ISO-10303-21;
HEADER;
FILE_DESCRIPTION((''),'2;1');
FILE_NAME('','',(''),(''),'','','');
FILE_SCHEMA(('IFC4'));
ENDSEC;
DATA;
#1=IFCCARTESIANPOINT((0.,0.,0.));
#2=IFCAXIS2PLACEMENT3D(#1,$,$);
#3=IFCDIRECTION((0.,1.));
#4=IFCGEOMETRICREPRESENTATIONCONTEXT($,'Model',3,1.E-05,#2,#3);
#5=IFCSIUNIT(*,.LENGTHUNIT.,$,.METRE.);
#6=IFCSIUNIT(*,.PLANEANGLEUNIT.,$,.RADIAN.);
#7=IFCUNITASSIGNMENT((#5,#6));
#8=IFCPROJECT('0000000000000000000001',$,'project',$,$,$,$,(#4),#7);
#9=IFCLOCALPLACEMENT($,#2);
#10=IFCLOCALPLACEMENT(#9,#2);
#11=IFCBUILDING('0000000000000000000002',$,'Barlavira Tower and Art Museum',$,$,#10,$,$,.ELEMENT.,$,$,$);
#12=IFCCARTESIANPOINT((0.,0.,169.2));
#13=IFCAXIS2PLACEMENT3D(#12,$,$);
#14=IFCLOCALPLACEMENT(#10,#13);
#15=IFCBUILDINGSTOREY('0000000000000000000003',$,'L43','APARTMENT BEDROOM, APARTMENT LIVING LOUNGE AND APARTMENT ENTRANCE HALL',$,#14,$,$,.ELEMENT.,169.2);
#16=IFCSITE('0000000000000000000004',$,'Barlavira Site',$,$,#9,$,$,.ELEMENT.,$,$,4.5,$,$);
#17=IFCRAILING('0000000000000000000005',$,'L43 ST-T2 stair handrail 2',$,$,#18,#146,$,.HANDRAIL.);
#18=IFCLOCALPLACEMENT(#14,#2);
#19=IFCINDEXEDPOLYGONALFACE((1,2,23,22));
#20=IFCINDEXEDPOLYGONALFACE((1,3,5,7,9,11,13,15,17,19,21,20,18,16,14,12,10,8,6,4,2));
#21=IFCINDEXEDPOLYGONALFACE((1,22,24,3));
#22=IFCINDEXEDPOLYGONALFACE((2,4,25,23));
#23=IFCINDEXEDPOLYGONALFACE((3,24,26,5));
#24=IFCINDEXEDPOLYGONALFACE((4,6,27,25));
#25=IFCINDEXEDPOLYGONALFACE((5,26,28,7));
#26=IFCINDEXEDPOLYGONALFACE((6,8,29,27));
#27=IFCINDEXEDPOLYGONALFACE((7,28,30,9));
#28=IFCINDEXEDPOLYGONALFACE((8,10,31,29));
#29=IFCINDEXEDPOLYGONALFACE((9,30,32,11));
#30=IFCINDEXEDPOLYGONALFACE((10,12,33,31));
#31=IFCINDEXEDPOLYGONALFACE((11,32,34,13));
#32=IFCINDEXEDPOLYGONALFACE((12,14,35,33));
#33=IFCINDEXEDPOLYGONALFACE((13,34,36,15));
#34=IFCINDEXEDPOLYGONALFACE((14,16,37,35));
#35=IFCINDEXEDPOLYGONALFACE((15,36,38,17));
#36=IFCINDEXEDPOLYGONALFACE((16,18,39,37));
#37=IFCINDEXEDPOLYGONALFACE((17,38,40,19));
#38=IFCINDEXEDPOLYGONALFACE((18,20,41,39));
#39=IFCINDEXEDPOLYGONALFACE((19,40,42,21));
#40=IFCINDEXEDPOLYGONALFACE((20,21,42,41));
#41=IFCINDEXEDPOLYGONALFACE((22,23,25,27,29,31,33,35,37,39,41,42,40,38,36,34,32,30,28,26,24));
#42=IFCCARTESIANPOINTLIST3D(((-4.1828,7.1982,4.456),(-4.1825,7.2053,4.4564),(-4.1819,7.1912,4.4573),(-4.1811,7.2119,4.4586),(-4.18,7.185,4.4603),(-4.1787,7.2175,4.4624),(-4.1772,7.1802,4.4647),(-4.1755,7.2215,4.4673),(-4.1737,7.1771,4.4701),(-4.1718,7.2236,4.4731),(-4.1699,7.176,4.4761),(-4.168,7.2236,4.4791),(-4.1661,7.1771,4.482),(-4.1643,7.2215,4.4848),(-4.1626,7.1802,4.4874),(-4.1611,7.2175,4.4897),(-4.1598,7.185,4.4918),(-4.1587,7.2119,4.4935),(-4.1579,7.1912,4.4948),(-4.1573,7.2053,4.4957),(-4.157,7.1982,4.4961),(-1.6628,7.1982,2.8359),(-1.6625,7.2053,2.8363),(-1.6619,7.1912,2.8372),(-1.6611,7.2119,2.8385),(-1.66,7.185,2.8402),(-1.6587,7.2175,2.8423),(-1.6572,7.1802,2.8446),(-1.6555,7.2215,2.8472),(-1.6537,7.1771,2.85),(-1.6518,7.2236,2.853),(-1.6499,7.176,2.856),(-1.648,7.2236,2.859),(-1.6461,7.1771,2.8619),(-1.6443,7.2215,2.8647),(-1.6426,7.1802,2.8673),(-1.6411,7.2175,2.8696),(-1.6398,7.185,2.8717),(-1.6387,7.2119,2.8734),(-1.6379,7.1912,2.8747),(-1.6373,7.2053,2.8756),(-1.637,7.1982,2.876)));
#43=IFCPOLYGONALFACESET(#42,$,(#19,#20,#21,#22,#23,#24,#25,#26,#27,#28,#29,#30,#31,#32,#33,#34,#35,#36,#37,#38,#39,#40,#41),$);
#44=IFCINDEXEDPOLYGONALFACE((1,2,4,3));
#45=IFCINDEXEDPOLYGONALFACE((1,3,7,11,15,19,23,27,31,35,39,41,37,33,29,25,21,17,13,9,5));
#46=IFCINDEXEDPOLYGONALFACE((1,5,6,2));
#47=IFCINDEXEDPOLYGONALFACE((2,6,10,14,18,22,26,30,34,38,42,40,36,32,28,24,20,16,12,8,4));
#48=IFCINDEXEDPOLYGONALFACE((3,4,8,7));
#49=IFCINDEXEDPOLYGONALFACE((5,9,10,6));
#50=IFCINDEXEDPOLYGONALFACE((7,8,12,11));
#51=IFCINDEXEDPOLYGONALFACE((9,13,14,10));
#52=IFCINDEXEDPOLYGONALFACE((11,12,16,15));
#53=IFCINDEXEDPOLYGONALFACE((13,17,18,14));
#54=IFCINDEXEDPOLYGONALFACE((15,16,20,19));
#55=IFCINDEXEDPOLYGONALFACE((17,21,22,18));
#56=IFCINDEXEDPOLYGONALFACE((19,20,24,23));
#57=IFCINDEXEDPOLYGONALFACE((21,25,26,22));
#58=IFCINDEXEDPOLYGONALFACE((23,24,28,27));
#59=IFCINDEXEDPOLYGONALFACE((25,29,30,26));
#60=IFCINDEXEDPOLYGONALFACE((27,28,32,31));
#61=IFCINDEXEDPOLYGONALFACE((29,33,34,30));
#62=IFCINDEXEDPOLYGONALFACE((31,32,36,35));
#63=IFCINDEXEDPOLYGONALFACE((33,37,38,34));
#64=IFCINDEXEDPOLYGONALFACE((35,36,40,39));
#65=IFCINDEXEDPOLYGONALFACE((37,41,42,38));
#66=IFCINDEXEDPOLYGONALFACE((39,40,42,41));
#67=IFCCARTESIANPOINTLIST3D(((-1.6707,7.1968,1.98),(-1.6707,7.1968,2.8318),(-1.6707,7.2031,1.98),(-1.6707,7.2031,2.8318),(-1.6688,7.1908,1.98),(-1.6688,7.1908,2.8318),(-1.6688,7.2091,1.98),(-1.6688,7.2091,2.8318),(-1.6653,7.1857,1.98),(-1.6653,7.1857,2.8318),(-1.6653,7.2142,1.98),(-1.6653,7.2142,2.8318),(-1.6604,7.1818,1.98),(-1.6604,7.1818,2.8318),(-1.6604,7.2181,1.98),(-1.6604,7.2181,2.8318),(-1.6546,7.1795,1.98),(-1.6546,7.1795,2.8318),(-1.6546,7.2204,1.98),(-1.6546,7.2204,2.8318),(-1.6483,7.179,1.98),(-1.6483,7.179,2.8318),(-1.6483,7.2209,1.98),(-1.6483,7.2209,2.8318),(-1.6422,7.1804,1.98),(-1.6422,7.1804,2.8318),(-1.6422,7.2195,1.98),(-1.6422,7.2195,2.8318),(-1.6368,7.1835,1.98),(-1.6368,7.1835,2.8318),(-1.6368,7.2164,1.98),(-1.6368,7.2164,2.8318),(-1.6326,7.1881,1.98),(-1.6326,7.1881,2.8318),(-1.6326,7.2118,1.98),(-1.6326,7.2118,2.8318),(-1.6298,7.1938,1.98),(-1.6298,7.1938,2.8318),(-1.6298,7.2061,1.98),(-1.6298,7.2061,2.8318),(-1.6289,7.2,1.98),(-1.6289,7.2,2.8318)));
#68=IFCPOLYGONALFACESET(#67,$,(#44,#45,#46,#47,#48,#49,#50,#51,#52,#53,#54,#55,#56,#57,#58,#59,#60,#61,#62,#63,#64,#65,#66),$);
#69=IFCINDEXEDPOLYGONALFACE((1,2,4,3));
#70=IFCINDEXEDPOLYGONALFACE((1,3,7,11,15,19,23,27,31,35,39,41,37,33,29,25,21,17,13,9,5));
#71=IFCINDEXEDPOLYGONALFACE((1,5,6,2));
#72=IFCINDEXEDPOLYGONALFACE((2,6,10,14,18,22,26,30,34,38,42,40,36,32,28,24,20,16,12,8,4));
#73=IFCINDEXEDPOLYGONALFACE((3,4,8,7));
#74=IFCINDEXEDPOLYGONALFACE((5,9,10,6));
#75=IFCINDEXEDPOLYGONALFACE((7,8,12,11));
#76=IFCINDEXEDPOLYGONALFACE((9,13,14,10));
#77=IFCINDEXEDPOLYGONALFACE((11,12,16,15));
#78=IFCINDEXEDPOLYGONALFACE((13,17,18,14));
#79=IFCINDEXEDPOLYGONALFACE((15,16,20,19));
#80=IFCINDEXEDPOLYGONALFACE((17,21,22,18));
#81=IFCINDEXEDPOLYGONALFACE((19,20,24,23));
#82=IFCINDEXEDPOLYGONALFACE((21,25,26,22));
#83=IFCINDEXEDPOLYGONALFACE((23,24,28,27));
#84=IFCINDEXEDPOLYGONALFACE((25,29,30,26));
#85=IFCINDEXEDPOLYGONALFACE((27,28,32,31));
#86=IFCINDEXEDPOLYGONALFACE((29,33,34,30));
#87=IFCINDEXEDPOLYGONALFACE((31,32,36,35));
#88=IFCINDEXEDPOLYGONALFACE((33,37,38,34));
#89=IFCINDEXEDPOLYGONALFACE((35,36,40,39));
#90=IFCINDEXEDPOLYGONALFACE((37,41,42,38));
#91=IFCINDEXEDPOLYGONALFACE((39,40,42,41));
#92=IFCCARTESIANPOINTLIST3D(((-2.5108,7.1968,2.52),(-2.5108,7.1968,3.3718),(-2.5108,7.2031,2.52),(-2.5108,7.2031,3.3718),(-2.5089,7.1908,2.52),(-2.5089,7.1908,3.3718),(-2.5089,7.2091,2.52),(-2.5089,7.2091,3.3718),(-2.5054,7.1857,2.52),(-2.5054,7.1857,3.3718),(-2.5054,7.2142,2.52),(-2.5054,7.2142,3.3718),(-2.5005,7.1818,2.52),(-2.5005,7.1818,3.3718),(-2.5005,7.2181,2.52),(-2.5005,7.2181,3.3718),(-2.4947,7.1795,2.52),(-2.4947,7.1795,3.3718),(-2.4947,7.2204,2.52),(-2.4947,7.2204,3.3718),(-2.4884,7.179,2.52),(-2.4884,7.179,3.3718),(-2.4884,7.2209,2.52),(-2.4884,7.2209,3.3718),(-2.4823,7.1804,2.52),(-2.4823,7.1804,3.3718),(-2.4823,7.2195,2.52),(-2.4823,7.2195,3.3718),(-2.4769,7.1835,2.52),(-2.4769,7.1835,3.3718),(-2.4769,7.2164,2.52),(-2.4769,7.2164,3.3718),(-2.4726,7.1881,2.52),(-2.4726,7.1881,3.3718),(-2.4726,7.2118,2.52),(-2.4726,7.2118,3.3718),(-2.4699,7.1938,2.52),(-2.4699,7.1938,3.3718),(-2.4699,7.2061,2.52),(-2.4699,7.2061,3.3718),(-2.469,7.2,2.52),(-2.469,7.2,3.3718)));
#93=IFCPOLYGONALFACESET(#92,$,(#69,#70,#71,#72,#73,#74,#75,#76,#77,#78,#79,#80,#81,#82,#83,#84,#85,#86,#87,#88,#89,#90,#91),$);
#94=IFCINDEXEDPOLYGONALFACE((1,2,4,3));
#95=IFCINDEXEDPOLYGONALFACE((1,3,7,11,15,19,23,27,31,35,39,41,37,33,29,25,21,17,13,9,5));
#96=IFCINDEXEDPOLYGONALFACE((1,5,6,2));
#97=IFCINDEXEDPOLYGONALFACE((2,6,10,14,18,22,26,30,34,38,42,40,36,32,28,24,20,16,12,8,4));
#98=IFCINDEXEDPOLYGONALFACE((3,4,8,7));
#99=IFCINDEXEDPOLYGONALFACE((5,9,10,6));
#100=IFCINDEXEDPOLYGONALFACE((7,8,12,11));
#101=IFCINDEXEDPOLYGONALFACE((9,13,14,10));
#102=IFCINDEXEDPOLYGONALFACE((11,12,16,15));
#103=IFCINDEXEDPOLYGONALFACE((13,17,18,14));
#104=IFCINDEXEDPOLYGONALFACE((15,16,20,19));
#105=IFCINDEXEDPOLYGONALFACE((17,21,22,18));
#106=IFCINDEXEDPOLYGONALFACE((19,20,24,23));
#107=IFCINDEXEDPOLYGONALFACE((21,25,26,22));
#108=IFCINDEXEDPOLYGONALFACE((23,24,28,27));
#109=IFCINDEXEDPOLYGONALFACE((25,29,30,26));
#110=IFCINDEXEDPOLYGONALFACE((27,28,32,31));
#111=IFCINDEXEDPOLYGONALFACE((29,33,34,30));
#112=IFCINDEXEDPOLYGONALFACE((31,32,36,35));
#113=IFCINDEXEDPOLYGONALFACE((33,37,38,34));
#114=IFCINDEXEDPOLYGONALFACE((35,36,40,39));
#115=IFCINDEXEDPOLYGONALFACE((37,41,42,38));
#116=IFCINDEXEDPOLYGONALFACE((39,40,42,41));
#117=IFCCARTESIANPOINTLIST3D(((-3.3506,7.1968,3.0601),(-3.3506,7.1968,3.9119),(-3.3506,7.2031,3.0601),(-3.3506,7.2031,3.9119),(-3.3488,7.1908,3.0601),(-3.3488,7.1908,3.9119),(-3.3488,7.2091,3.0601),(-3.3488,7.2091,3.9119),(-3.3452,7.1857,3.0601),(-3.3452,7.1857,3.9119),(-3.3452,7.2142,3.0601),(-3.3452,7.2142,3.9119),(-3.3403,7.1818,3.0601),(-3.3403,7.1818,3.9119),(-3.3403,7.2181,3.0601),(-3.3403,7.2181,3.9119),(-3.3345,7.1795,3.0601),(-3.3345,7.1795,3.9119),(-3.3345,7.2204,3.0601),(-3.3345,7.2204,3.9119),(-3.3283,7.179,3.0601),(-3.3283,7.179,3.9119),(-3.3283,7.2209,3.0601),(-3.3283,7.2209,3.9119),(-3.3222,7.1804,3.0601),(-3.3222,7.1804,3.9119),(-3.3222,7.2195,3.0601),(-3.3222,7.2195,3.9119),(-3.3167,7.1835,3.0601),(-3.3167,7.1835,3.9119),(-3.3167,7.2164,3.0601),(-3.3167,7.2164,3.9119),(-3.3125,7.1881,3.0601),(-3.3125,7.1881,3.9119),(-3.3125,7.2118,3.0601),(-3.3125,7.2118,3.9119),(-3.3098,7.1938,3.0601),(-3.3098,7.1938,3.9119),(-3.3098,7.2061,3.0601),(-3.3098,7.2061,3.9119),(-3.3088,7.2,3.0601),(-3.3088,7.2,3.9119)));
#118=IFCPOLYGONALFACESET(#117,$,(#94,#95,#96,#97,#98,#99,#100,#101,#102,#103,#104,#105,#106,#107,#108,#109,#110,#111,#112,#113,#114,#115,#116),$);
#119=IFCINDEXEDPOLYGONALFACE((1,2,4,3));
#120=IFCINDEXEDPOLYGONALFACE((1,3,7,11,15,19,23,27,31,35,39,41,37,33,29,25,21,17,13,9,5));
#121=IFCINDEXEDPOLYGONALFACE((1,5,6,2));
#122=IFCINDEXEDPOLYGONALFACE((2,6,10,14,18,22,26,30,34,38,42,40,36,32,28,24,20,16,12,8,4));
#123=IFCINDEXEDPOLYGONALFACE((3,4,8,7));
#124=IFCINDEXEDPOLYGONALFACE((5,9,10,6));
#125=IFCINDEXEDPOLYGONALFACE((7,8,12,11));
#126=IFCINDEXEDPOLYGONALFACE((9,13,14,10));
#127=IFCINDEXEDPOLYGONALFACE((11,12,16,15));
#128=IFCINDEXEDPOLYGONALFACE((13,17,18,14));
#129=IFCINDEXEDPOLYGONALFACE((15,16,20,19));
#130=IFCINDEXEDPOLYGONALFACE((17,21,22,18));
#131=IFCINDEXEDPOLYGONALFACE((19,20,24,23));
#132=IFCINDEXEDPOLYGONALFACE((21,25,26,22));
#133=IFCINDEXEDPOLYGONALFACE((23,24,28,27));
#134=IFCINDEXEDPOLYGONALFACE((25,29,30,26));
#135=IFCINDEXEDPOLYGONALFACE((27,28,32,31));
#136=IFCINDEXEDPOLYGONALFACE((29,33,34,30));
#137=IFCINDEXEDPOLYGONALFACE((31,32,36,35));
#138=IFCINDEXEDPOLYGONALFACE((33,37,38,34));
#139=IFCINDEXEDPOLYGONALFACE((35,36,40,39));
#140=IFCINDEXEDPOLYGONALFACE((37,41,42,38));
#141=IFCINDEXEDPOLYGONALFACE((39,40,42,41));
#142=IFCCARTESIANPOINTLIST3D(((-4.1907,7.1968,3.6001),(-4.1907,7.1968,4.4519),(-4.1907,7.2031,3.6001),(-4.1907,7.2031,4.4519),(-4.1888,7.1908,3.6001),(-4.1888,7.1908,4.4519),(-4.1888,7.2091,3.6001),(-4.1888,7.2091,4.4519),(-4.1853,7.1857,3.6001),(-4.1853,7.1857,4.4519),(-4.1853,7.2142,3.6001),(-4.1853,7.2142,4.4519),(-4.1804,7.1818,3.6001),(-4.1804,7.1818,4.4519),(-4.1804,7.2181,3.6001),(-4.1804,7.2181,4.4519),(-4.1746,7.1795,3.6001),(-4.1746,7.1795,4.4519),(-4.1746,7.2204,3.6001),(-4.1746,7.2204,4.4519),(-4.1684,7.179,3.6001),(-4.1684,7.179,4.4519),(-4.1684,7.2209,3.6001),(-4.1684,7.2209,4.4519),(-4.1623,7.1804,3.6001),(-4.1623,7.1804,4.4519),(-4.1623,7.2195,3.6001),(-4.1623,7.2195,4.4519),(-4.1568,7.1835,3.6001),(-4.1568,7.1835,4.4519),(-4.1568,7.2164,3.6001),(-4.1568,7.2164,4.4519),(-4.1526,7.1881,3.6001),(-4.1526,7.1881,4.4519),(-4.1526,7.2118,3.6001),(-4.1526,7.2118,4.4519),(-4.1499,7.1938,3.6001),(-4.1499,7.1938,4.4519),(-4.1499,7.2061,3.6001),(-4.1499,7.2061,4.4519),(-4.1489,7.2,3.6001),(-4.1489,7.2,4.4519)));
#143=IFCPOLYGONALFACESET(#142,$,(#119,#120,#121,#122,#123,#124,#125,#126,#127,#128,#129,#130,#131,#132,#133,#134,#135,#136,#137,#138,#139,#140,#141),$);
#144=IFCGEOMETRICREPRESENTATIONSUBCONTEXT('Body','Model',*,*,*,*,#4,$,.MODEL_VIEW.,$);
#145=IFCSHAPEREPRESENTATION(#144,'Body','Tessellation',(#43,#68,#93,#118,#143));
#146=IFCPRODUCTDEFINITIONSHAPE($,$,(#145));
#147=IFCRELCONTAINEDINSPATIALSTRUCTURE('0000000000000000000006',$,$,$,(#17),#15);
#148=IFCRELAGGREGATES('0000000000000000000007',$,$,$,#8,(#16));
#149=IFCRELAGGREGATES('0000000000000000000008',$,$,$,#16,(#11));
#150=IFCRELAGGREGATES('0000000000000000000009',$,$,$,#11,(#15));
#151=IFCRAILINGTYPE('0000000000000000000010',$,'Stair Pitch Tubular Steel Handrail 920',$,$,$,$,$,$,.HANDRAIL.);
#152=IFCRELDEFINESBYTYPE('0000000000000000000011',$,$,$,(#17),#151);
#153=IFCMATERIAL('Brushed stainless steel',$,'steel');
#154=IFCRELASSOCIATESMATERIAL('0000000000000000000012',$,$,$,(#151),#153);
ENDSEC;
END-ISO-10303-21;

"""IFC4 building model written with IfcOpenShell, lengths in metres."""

from ifc_helpers import new_model, si_unit, direction, frame, origin, origin_2d, place, context, subcontext, project, spatial, circle, extrude, material, type_object, element, save


model = new_model("IFC4")

# Units and contexts
model_context = context("Model", 3, precision=1e-05, world=origin(), true_north=direction((0.0, 1.0)))
body_context = subcontext(model_context, "Body", "Model", "MODEL_VIEW")
ifc_project = project(units=[si_unit("LENGTHUNIT", "METRE"), si_unit("PLANEANGLEUNIT", "RADIAN")], contexts=[model_context])

# Site, building, storey
site_placement = place(None, origin())
site = spatial("IfcSite", under=ifc_project, at=site_placement, Name="Barlavira Site", CompositionType="ELEMENT", RefElevation=4.5)
building_placement = place(site_placement, origin())
building = spatial("IfcBuilding", under=site, at=building_placement, Name="Barlavira Tower and Art Museum", CompositionType="ELEMENT")
storey_placement = place(building_placement, frame((0.0, 0.0, 169.2)))
storey = spatial("IfcBuildingStorey", under=building, at=storey_placement, Name="L43", Description="APARTMENT BEDROOM, APARTMENT LIVING LOUNGE AND APARTMENT ENTRANCE HALL", CompositionType="ELEMENT", Elevation=169.2)

# Shared definitions
ifc_material_1 = material(Name="Brushed stainless steel", Category="steel")

# Railing
railing_type_1 = type_object("IfcRailingType", Name="Stair Pitch Tubular Steel Handrail 920", PredefinedType="HANDRAIL", material=ifc_material_1)
railing_1_placement = place(storey_placement, frame((-1.6499, 7.2, 1.98)))
element("IfcRailing", 1, at=railing_1_placement, inside=storey, type_object=railing_type_1, Name="L43 ST-T2 stair handrail 2", PredefinedType="HANDRAIL", context=body_context, shape_type="SweptSolid", body=[
    extrude(circle(Radius=0.0239, at=origin_2d()), frame((0.0, 0.0, 0.876), z_axis=(-0.841163, 0.0, 0.540782), x_axis=(0.0, -1.0, 0.0)), (0.0, 0.0, 1.0), 2.9958),
    extrude(circle(Radius=0.021, at=origin_2d()), origin(), (0.0, 0.0, 1.0), 0.8518),
    extrude(circle(Radius=0.021, at=origin_2d()), frame((-0.8401, 0.0, 0.54)), (0.0, 0.0, 1.0), 0.8518),
    extrude(circle(Radius=0.021, at=origin_2d()), frame((-1.6799, 0.0, 1.0801)), (0.0, 0.0, 1.0), 0.8518),
    extrude(circle(Radius=0.021, at=origin_2d()), frame((-2.52, 0.0, 1.6201)), (0.0, 0.0, 1.0), 0.8518),
])

save(model, "model.ifc")
